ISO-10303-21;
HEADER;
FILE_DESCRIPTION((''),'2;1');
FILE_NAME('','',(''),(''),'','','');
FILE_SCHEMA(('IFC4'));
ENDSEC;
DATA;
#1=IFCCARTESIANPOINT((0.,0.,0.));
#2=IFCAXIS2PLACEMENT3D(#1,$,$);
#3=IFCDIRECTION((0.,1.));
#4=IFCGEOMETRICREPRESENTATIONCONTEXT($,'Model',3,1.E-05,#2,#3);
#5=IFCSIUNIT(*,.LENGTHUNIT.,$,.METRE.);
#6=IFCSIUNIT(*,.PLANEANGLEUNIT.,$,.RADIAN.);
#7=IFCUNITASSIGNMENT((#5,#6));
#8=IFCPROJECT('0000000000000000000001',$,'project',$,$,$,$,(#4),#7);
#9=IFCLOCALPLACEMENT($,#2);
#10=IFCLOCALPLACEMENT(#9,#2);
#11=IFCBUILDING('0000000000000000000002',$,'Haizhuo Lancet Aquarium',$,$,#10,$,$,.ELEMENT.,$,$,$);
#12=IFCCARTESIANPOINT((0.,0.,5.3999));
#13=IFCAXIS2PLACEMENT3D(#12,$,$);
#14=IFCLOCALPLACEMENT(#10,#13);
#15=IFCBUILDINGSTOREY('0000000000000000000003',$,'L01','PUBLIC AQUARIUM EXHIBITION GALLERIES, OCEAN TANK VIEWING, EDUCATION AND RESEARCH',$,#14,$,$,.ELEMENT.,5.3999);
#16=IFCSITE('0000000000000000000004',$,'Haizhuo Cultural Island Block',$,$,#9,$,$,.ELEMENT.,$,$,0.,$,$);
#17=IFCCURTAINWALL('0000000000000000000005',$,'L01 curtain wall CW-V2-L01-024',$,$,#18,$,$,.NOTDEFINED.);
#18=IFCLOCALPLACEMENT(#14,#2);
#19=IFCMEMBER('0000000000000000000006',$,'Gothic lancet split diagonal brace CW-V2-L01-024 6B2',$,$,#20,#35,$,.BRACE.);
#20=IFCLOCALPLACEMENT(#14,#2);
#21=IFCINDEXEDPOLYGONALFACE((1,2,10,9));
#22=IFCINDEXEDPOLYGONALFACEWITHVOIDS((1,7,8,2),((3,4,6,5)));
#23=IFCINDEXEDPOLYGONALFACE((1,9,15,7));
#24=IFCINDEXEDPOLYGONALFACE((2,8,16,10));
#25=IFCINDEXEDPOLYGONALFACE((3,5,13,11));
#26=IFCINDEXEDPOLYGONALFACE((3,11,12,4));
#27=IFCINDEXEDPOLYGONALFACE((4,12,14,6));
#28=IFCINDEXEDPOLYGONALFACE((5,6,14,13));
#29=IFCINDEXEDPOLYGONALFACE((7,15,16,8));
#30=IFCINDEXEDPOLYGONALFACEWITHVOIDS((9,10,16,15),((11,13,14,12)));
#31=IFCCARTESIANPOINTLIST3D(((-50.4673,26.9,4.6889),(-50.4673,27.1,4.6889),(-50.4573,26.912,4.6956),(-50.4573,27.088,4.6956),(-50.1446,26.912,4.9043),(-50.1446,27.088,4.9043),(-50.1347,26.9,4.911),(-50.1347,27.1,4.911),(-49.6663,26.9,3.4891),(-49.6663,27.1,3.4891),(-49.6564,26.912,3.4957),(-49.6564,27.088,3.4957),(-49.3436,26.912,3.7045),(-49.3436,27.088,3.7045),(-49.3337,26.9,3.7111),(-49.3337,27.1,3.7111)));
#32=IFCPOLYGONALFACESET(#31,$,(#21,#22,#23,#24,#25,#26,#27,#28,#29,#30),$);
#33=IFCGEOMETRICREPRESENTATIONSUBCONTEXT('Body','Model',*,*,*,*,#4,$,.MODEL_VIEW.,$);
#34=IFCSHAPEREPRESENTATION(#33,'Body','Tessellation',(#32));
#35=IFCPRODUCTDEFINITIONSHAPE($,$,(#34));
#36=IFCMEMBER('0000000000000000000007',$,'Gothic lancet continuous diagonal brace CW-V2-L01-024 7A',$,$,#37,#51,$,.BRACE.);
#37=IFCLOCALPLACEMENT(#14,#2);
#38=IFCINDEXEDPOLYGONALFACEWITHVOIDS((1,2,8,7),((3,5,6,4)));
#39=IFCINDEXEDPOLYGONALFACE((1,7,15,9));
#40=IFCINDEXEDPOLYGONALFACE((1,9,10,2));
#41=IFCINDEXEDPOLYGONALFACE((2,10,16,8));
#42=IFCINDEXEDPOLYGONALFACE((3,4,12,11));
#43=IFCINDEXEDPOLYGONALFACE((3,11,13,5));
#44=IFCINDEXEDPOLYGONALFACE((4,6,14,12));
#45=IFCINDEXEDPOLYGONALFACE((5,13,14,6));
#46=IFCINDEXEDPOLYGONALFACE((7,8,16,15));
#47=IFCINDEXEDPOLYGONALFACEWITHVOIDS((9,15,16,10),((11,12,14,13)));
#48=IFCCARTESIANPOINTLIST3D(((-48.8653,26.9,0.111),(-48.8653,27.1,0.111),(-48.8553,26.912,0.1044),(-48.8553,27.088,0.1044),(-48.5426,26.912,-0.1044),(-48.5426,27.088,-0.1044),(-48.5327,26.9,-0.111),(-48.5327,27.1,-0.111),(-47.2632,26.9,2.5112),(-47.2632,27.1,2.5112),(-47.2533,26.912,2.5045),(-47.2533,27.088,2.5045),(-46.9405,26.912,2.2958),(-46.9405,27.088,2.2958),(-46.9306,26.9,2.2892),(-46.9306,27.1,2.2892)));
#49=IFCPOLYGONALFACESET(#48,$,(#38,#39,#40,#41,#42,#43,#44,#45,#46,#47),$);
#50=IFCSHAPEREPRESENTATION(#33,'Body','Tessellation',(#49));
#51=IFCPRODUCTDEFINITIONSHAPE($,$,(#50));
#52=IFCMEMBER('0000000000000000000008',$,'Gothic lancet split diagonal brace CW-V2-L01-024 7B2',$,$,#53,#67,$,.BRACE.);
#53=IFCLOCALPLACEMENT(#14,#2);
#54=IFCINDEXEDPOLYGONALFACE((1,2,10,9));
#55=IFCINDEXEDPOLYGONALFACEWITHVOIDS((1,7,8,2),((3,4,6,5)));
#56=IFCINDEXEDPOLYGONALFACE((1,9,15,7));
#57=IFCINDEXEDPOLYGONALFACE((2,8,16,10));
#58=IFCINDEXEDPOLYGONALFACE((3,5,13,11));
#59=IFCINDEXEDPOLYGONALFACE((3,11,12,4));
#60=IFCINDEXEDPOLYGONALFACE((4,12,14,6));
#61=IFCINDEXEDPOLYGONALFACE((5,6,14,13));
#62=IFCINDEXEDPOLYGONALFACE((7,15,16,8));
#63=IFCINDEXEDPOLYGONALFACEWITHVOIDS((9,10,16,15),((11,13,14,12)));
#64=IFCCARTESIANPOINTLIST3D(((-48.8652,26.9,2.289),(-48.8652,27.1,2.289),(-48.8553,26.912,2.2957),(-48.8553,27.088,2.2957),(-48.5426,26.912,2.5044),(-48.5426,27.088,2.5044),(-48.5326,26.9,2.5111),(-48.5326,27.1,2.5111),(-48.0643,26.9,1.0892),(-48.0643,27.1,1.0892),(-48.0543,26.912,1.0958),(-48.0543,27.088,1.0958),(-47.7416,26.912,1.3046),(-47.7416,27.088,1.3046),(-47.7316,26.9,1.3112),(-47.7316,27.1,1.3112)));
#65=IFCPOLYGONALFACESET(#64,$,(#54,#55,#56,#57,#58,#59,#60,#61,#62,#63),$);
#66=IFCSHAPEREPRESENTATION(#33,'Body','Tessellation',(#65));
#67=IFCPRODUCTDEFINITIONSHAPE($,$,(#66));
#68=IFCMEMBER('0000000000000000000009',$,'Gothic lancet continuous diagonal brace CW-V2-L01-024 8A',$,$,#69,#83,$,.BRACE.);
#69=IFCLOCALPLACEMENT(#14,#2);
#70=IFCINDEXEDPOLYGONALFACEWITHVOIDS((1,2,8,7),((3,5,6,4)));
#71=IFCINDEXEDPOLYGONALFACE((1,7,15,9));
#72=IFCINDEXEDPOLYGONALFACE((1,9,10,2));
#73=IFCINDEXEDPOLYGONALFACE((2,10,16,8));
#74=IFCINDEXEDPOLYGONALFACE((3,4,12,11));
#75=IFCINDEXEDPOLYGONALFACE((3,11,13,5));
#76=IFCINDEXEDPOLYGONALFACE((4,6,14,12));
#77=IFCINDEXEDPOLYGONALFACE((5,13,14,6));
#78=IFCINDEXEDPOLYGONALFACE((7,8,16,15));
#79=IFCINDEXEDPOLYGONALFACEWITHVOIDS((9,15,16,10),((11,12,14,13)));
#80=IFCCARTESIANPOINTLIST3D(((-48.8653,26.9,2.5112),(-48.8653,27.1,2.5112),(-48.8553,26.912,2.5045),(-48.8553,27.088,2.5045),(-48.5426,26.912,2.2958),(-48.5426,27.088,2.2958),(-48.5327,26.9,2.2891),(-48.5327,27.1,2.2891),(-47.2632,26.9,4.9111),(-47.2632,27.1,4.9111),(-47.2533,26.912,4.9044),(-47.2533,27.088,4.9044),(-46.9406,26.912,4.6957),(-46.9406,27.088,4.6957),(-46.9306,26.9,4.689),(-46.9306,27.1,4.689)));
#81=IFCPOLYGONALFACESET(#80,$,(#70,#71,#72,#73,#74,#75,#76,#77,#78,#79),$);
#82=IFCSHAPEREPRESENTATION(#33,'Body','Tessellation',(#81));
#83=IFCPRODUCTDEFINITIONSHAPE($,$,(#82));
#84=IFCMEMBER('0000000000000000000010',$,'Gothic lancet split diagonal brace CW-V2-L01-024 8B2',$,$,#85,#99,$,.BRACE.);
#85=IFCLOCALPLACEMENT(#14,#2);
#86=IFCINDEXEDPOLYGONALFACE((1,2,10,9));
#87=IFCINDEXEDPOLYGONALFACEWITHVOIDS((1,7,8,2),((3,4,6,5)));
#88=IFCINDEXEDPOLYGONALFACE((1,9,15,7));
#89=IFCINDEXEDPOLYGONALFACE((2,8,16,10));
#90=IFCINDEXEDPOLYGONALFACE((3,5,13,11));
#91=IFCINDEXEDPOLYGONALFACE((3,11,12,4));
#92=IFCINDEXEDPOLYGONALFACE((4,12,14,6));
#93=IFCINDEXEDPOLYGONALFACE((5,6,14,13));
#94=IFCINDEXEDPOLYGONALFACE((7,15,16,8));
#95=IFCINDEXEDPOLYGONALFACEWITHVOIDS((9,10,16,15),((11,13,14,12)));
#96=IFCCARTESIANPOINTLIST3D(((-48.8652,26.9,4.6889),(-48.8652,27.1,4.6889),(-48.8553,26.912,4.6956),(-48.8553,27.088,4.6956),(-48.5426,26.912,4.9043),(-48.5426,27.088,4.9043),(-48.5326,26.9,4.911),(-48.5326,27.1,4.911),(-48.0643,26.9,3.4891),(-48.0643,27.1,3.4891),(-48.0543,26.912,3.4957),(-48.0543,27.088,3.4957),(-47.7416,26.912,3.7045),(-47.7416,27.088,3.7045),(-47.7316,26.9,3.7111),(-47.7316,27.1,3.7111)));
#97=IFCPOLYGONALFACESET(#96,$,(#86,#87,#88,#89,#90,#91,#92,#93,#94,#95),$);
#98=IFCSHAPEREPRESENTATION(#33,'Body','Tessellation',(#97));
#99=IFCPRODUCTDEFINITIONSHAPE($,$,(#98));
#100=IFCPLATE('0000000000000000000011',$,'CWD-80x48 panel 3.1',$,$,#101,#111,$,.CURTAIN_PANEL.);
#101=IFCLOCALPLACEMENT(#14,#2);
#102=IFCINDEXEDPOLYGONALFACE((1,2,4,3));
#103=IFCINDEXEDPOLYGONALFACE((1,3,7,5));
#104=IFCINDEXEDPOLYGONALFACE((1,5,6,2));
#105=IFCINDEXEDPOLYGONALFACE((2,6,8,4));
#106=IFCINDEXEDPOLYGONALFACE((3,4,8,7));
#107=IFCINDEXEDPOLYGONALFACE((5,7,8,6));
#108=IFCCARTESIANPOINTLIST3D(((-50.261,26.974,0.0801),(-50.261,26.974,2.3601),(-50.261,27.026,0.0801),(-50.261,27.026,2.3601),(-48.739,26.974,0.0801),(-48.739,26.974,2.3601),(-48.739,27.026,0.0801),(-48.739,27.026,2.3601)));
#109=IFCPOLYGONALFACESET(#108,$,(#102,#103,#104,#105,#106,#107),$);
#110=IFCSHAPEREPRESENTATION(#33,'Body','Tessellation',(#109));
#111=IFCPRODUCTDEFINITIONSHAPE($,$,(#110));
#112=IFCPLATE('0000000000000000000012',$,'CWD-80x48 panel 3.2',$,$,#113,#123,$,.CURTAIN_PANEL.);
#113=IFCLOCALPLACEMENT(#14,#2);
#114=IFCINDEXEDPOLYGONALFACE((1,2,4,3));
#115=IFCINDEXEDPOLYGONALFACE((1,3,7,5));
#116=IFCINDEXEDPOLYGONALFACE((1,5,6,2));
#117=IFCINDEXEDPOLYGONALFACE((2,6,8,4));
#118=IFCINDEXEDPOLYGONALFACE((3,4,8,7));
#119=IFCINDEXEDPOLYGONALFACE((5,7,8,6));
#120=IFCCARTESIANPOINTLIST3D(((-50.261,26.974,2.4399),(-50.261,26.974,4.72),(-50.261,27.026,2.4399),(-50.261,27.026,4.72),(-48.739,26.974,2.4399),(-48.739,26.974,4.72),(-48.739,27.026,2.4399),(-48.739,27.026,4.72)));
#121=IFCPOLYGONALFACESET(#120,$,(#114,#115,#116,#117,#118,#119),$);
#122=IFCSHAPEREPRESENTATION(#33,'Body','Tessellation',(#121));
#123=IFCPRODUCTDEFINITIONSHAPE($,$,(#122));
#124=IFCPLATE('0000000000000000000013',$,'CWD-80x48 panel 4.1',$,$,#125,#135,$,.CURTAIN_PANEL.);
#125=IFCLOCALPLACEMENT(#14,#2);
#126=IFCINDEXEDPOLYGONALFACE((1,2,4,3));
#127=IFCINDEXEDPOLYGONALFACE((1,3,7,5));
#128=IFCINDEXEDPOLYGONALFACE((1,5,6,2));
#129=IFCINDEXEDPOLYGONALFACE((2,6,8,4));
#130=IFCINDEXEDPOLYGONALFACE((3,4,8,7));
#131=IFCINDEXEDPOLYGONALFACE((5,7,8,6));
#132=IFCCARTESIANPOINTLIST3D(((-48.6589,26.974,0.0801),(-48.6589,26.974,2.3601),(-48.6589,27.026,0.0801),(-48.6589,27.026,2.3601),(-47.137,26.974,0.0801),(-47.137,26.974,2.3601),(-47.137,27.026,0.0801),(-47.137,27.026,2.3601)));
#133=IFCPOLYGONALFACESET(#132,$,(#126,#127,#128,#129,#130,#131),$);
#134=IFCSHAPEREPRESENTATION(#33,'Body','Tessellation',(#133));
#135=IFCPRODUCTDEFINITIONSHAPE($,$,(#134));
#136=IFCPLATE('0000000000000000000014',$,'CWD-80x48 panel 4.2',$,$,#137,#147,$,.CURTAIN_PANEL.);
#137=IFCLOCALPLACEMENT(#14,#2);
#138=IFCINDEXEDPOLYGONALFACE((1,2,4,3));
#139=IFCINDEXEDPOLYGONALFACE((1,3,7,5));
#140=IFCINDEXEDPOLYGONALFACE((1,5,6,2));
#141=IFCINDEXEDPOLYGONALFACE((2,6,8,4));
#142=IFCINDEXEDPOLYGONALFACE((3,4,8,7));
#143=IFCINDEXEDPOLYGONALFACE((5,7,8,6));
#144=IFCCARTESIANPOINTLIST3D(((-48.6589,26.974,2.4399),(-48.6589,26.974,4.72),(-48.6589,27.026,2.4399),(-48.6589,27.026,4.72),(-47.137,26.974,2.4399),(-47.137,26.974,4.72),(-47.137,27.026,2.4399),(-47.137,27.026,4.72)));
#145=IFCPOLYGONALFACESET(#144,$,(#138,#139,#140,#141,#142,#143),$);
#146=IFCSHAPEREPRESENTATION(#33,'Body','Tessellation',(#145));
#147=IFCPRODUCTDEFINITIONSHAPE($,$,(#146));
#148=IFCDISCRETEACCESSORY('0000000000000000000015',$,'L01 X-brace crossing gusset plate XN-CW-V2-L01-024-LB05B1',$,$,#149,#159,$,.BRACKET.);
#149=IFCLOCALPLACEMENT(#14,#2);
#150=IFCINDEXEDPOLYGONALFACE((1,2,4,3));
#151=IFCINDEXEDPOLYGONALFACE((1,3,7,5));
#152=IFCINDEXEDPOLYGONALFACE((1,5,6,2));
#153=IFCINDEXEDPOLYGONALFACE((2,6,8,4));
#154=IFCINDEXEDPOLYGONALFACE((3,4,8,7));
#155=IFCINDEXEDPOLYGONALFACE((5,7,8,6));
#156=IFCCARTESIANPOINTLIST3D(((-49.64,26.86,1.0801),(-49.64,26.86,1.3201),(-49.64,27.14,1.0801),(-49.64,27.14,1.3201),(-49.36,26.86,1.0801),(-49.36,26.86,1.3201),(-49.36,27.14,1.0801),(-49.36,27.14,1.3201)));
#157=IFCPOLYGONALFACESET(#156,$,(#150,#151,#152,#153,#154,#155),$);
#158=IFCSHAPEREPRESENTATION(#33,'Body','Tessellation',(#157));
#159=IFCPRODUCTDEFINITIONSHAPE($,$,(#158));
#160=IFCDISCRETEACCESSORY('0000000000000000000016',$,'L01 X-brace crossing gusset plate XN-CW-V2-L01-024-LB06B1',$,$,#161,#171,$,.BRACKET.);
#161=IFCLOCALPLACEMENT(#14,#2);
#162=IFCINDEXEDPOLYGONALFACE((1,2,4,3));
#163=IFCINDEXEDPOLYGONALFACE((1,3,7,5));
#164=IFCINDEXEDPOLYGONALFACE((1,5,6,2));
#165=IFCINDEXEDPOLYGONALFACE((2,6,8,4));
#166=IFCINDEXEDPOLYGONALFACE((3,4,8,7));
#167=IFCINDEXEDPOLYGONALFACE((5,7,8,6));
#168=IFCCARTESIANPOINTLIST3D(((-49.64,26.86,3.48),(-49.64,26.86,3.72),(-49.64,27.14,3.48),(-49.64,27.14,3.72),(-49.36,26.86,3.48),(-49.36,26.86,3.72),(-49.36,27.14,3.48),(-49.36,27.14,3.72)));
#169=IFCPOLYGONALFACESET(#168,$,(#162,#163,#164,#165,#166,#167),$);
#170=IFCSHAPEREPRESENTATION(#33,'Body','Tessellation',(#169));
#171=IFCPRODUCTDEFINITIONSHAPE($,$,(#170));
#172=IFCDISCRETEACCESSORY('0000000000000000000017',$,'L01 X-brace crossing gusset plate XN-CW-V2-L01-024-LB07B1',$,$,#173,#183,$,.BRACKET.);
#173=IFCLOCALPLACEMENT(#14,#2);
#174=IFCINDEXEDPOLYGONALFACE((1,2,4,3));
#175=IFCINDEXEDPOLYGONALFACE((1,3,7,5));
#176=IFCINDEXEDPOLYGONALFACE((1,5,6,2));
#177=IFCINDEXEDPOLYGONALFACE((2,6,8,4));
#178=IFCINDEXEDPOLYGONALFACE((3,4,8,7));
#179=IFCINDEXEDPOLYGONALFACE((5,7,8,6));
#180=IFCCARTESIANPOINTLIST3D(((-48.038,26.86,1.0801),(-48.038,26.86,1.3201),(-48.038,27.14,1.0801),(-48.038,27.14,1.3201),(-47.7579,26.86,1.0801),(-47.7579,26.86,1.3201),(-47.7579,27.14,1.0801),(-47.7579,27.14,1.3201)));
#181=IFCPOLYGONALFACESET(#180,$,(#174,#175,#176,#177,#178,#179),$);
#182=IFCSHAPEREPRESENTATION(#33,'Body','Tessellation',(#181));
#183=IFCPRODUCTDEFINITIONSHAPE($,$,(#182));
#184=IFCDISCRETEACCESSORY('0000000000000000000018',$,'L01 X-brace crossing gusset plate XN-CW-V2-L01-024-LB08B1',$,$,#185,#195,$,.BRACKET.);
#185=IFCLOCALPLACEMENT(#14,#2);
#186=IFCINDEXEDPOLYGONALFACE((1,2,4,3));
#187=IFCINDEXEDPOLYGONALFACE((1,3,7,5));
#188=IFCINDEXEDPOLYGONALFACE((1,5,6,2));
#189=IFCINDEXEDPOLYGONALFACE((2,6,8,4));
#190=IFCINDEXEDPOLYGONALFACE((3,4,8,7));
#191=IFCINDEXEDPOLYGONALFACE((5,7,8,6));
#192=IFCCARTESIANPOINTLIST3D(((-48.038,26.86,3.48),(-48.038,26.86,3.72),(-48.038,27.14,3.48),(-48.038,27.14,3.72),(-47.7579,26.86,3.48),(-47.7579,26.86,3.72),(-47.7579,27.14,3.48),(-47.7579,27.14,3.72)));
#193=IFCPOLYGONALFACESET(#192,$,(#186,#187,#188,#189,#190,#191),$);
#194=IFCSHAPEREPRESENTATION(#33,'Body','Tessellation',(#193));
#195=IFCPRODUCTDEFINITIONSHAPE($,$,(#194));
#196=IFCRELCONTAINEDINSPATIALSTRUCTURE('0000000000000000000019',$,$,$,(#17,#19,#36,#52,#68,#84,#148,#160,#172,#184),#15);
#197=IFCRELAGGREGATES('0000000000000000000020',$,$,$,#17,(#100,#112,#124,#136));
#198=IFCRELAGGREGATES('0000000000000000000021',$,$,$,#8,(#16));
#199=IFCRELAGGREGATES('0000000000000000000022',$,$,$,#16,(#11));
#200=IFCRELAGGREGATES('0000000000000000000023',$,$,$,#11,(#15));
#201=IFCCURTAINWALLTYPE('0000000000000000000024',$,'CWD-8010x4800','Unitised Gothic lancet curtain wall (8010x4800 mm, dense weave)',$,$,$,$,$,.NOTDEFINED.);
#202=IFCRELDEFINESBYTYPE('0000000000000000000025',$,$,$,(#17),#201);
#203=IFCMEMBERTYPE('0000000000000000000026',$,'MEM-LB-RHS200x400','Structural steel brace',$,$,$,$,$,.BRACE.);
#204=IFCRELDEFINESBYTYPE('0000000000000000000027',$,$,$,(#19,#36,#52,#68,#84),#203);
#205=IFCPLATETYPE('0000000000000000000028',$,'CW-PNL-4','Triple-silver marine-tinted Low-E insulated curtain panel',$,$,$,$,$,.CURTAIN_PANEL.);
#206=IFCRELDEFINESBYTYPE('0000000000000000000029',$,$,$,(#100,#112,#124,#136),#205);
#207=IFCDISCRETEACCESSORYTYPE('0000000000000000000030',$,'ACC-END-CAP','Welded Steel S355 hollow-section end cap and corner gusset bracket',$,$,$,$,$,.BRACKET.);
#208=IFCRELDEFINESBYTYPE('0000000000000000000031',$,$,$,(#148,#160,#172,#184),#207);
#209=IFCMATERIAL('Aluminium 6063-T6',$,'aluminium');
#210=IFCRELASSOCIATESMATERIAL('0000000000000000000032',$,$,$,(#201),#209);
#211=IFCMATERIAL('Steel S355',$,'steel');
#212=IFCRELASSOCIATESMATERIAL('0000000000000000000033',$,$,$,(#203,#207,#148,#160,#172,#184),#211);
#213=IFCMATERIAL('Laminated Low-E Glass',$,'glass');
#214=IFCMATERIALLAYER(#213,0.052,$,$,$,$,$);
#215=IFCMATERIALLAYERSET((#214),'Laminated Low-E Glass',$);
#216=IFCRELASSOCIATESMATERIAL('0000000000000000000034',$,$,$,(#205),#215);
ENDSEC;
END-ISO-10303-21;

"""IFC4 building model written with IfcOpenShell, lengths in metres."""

from ifc_helpers import new_model, si_unit, direction, frame, origin, origin_2d, place, context, subcontext, project, spatial, rectangle, hollow_rectangle, extrude, material, layer, layer_set, material_profile, profile_set, type_object, element, aggregate, save


model = new_model("IFC4")

# Units and contexts
model_context = context("Model", 3, precision=1e-05, world=origin(), true_north=direction((0.0, 1.0)))
body_context = subcontext(model_context, "Body", "Model", "MODEL_VIEW")
ifc_project = project(units=[si_unit("LENGTHUNIT", "METRE"), si_unit("PLANEANGLEUNIT", "RADIAN")], contexts=[model_context])

# Site, building, storey
site_placement = place(None, origin())
site = spatial("IfcSite", under=ifc_project, at=site_placement, Name="Haizhuo Cultural Island Block", CompositionType="ELEMENT", RefElevation=0.0)
building_placement = place(site_placement, origin())
building = spatial("IfcBuilding", under=site, at=building_placement, Name="Haizhuo Lancet Aquarium", CompositionType="ELEMENT")
storey_placement = place(building_placement, frame((0.0, 0.0, 5.3999)))
storey = spatial("IfcBuildingStorey", under=building, at=storey_placement, Name="L01", Description="PUBLIC AQUARIUM EXHIBITION GALLERIES, OCEAN TANK VIEWING, EDUCATION AND RESEARCH", CompositionType="ELEMENT", Elevation=5.3999)

# Curtain wall
ifc_material_1 = material(Name="Aluminium 6063-T6", Category="aluminium")
curtain_wall_type = type_object("IfcCurtainWallType", Name="CWD-8010x4800", Description="Unitised Gothic lancet curtain wall (8010x4800 mm, dense weave)", PredefinedType="NOTDEFINED", material=ifc_material_1)
curtain_wall_placement = place(storey_placement, origin())
curtain_wall = element("IfcCurtainWall", 1, at=curtain_wall_placement, inside=storey, type_object=curtain_wall_type, Name="L01 curtain wall CW-V2-L01-024", PredefinedType="NOTDEFINED")

# Members
ifc_material_2 = material(Name="Steel S355", Category="steel")
ifc_material_profile_1 = material_profile(ifc_material_2, hollow_rectangle(XDim=0.2, YDim=0.3999, WallThickness=0.012, at=origin_2d()), Name="RHS 200x400x12")
ifc_profile_set_1 = profile_set([ifc_material_profile_1], Name="Steel S355")
member_type_1 = type_object("IfcMemberType", Name="MEM-LB-RHS200x400", Description="Structural steel brace", PredefinedType="BRACE", material=ifc_profile_set_1)
for number, where, z_axis, x_axis, name in (
    (2, (-49.5, 27.0, 3.6001), (-0.555208, 0.0, 0.831712), (0.0, -1.0, 0.0), "Gothic lancet split diagonal brace CW-V2-L01-024 6B2"),
):
    element("IfcMember", number, at=place(storey_placement, frame(where, z_axis=z_axis, x_axis=x_axis)), inside=storey, type_object=member_type_1, Name=name, PredefinedType="BRACE", context=body_context, shape_type="SweptSolid", body=[
        extrude(hollow_rectangle(XDim=0.2, YDim=0.3999, WallThickness=0.012, at=origin_2d()), origin(), (0.0, 0.0, 1.0), 1.4426),
    ])
member_1_placement = place(storey_placement, frame((-48.699, 27.0, 0.0), z_axis=(0.555169, 0.0, 0.831738), x_axis=(0.0, 1.0, 0.0)))
element("IfcMember", 3, at=member_1_placement, inside=storey, type_object=member_type_1, Name="Gothic lancet continuous diagonal brace CW-V2-L01-024 7A", PredefinedType="BRACE", context=body_context, shape_type="SweptSolid", body=[
    extrude(hollow_rectangle(XDim=0.2, YDim=0.3999, WallThickness=0.012, at=origin_2d()), origin(), (0.0, 0.0, 1.0), 2.8857),
])
member_2_placement = place(storey_placement, frame((-47.8979, 27.0, 1.2002), z_axis=(-0.555208, 0.0, 0.831712), x_axis=(0.0, -1.0, 0.0)))
element("IfcMember", 4, at=member_2_placement, inside=storey, type_object=member_type_1, Name="Gothic lancet split diagonal brace CW-V2-L01-024 7B2", PredefinedType="BRACE", context=body_context, shape_type="SweptSolid", body=[
    extrude(hollow_rectangle(XDim=0.2, YDim=0.3999, WallThickness=0.012, at=origin_2d()), origin(), (0.0, 0.0, 1.0), 1.4426),
])
member_3_placement = place(storey_placement, frame((-48.699, 27.0, 2.4001), z_axis=(0.555208, 0.0, 0.831712), x_axis=(0.0, 1.0, 0.0)))
element("IfcMember", 5, at=member_3_placement, inside=storey, type_object=member_type_1, Name="Gothic lancet continuous diagonal brace CW-V2-L01-024 8A", PredefinedType="BRACE", context=body_context, shape_type="SweptSolid", body=[
    extrude(hollow_rectangle(XDim=0.2, YDim=0.3999, WallThickness=0.012, at=origin_2d()), origin(), (0.0, 0.0, 1.0), 2.8855),
])
member_4_placement = place(storey_placement, frame((-47.8979, 27.0, 3.6001), z_axis=(-0.555208, 0.0, 0.831712), x_axis=(0.0, -1.0, 0.0)))
element("IfcMember", 6, at=member_4_placement, inside=storey, type_object=member_type_1, Name="Gothic lancet split diagonal brace CW-V2-L01-024 8B2", PredefinedType="BRACE", context=body_context, shape_type="SweptSolid", body=[
    extrude(hollow_rectangle(XDim=0.2, YDim=0.3999, WallThickness=0.012, at=origin_2d()), origin(), (0.0, 0.0, 1.0), 1.4426),
])

# Plates
ifc_material_3 = material(Name="Laminated Low-E Glass", Category="glass")
ifc_layer = layer(ifc_material_3, 0.052)
ifc_layer_set = layer_set([ifc_layer], Name="Laminated Low-E Glass")
plate_type = type_object("IfcPlateType", Name="CW-PNL-4", Description="Triple-silver marine-tinted Low-E insulated curtain panel", PredefinedType="CURTAIN_PANEL", material=ifc_layer_set)
plate_1_placement = place(storey_placement, frame((-49.5, 27.0, 0.0801), z_axis=(0.0, 0.0, 1.0), x_axis=(1.0, 0.0, 0.0)))
plate_1 = element("IfcPlate", 7, at=plate_1_placement, type_object=plate_type, Name="CWD-80x48 panel 3.1", PredefinedType="CURTAIN_PANEL", context=body_context, shape_type="SweptSolid", body=[
    extrude(rectangle(XDim=1.522, YDim=0.052, at=origin_2d()), origin(), (0.0, 0.0, 1.0), 2.28),
])
plate_2_placement = place(storey_placement, frame((-49.5, 27.0, 2.4399), z_axis=(0.0, 0.0, 1.0), x_axis=(1.0, 0.0, 0.0)))
plate_2 = element("IfcPlate", 8, at=plate_2_placement, type_object=plate_type, Name="CWD-80x48 panel 3.2", PredefinedType="CURTAIN_PANEL", context=body_context, shape_type="SweptSolid", body=[
    extrude(rectangle(XDim=1.522, YDim=0.052, at=origin_2d()), origin(), (0.0, 0.0, 1.0), 2.28),
])
plate_3_placement = place(storey_placement, frame((-47.8979, 27.0, 0.0801), z_axis=(0.0, 0.0, 1.0), x_axis=(1.0, 0.0, 0.0)))
plate_3 = element("IfcPlate", 9, at=plate_3_placement, type_object=plate_type, Name="CWD-80x48 panel 4.1", PredefinedType="CURTAIN_PANEL", context=body_context, shape_type="SweptSolid", body=[
    extrude(rectangle(XDim=1.522, YDim=0.052, at=origin_2d()), origin(), (0.0, 0.0, 1.0), 2.28),
])
plate_4_placement = place(storey_placement, frame((-47.8979, 27.0, 2.4399), z_axis=(0.0, 0.0, 1.0), x_axis=(1.0, 0.0, 0.0)))
plate_4 = element("IfcPlate", 10, at=plate_4_placement, type_object=plate_type, Name="CWD-80x48 panel 4.2", PredefinedType="CURTAIN_PANEL", context=body_context, shape_type="SweptSolid", body=[
    extrude(rectangle(XDim=1.522, YDim=0.052, at=origin_2d()), origin(), (0.0, 0.0, 1.0), 2.28),
])
aggregate(curtain_wall, [plate_1, plate_2, plate_3, plate_4])

# Discrete accessories
discrete_accessory_type = type_object("IfcDiscreteAccessoryType", Name="ACC-END-CAP", Description="Welded Steel S355 hollow-section end cap and corner gusset bracket", PredefinedType="BRACKET", material=ifc_material_2)
for number, where, z_axis, x_axis, name in (
    (11, (-49.5, 27.0, 1.0801), (0.0, 0.0, 1.0), (1.0, 0.0, 0.0), "L01 X-brace crossing gusset plate XN-CW-V2-L01-024-LB05B1"),
    (12, (-49.5, 27.0, 3.48), (0.0, 0.0, 1.0), (1.0, 0.0, 0.0), "L01 X-brace crossing gusset plate XN-CW-V2-L01-024-LB06B1"),
    (13, (-47.8979, 27.0, 1.0801), (0.0, 0.0, 1.0), (1.0, 0.0, 0.0), "L01 X-brace crossing gusset plate XN-CW-V2-L01-024-LB07B1"),
    (14, (-47.8979, 27.0, 3.48), (0.0, 0.0, 1.0), (1.0, 0.0, 0.0), "L01 X-brace crossing gusset plate XN-CW-V2-L01-024-LB08B1"),
):
    element("IfcDiscreteAccessory", number, at=place(storey_placement, frame(where, z_axis=z_axis, x_axis=x_axis)), inside=storey, type_object=discrete_accessory_type, material=ifc_material_2, Name=name, PredefinedType="BRACKET", context=body_context, shape_type="SweptSolid", body=[
        extrude(rectangle(XDim=0.28, YDim=0.28, at=origin_2d()), origin(), (0.0, 0.0, 1.0), 0.24),
    ])

save(model, "model.ifc")
